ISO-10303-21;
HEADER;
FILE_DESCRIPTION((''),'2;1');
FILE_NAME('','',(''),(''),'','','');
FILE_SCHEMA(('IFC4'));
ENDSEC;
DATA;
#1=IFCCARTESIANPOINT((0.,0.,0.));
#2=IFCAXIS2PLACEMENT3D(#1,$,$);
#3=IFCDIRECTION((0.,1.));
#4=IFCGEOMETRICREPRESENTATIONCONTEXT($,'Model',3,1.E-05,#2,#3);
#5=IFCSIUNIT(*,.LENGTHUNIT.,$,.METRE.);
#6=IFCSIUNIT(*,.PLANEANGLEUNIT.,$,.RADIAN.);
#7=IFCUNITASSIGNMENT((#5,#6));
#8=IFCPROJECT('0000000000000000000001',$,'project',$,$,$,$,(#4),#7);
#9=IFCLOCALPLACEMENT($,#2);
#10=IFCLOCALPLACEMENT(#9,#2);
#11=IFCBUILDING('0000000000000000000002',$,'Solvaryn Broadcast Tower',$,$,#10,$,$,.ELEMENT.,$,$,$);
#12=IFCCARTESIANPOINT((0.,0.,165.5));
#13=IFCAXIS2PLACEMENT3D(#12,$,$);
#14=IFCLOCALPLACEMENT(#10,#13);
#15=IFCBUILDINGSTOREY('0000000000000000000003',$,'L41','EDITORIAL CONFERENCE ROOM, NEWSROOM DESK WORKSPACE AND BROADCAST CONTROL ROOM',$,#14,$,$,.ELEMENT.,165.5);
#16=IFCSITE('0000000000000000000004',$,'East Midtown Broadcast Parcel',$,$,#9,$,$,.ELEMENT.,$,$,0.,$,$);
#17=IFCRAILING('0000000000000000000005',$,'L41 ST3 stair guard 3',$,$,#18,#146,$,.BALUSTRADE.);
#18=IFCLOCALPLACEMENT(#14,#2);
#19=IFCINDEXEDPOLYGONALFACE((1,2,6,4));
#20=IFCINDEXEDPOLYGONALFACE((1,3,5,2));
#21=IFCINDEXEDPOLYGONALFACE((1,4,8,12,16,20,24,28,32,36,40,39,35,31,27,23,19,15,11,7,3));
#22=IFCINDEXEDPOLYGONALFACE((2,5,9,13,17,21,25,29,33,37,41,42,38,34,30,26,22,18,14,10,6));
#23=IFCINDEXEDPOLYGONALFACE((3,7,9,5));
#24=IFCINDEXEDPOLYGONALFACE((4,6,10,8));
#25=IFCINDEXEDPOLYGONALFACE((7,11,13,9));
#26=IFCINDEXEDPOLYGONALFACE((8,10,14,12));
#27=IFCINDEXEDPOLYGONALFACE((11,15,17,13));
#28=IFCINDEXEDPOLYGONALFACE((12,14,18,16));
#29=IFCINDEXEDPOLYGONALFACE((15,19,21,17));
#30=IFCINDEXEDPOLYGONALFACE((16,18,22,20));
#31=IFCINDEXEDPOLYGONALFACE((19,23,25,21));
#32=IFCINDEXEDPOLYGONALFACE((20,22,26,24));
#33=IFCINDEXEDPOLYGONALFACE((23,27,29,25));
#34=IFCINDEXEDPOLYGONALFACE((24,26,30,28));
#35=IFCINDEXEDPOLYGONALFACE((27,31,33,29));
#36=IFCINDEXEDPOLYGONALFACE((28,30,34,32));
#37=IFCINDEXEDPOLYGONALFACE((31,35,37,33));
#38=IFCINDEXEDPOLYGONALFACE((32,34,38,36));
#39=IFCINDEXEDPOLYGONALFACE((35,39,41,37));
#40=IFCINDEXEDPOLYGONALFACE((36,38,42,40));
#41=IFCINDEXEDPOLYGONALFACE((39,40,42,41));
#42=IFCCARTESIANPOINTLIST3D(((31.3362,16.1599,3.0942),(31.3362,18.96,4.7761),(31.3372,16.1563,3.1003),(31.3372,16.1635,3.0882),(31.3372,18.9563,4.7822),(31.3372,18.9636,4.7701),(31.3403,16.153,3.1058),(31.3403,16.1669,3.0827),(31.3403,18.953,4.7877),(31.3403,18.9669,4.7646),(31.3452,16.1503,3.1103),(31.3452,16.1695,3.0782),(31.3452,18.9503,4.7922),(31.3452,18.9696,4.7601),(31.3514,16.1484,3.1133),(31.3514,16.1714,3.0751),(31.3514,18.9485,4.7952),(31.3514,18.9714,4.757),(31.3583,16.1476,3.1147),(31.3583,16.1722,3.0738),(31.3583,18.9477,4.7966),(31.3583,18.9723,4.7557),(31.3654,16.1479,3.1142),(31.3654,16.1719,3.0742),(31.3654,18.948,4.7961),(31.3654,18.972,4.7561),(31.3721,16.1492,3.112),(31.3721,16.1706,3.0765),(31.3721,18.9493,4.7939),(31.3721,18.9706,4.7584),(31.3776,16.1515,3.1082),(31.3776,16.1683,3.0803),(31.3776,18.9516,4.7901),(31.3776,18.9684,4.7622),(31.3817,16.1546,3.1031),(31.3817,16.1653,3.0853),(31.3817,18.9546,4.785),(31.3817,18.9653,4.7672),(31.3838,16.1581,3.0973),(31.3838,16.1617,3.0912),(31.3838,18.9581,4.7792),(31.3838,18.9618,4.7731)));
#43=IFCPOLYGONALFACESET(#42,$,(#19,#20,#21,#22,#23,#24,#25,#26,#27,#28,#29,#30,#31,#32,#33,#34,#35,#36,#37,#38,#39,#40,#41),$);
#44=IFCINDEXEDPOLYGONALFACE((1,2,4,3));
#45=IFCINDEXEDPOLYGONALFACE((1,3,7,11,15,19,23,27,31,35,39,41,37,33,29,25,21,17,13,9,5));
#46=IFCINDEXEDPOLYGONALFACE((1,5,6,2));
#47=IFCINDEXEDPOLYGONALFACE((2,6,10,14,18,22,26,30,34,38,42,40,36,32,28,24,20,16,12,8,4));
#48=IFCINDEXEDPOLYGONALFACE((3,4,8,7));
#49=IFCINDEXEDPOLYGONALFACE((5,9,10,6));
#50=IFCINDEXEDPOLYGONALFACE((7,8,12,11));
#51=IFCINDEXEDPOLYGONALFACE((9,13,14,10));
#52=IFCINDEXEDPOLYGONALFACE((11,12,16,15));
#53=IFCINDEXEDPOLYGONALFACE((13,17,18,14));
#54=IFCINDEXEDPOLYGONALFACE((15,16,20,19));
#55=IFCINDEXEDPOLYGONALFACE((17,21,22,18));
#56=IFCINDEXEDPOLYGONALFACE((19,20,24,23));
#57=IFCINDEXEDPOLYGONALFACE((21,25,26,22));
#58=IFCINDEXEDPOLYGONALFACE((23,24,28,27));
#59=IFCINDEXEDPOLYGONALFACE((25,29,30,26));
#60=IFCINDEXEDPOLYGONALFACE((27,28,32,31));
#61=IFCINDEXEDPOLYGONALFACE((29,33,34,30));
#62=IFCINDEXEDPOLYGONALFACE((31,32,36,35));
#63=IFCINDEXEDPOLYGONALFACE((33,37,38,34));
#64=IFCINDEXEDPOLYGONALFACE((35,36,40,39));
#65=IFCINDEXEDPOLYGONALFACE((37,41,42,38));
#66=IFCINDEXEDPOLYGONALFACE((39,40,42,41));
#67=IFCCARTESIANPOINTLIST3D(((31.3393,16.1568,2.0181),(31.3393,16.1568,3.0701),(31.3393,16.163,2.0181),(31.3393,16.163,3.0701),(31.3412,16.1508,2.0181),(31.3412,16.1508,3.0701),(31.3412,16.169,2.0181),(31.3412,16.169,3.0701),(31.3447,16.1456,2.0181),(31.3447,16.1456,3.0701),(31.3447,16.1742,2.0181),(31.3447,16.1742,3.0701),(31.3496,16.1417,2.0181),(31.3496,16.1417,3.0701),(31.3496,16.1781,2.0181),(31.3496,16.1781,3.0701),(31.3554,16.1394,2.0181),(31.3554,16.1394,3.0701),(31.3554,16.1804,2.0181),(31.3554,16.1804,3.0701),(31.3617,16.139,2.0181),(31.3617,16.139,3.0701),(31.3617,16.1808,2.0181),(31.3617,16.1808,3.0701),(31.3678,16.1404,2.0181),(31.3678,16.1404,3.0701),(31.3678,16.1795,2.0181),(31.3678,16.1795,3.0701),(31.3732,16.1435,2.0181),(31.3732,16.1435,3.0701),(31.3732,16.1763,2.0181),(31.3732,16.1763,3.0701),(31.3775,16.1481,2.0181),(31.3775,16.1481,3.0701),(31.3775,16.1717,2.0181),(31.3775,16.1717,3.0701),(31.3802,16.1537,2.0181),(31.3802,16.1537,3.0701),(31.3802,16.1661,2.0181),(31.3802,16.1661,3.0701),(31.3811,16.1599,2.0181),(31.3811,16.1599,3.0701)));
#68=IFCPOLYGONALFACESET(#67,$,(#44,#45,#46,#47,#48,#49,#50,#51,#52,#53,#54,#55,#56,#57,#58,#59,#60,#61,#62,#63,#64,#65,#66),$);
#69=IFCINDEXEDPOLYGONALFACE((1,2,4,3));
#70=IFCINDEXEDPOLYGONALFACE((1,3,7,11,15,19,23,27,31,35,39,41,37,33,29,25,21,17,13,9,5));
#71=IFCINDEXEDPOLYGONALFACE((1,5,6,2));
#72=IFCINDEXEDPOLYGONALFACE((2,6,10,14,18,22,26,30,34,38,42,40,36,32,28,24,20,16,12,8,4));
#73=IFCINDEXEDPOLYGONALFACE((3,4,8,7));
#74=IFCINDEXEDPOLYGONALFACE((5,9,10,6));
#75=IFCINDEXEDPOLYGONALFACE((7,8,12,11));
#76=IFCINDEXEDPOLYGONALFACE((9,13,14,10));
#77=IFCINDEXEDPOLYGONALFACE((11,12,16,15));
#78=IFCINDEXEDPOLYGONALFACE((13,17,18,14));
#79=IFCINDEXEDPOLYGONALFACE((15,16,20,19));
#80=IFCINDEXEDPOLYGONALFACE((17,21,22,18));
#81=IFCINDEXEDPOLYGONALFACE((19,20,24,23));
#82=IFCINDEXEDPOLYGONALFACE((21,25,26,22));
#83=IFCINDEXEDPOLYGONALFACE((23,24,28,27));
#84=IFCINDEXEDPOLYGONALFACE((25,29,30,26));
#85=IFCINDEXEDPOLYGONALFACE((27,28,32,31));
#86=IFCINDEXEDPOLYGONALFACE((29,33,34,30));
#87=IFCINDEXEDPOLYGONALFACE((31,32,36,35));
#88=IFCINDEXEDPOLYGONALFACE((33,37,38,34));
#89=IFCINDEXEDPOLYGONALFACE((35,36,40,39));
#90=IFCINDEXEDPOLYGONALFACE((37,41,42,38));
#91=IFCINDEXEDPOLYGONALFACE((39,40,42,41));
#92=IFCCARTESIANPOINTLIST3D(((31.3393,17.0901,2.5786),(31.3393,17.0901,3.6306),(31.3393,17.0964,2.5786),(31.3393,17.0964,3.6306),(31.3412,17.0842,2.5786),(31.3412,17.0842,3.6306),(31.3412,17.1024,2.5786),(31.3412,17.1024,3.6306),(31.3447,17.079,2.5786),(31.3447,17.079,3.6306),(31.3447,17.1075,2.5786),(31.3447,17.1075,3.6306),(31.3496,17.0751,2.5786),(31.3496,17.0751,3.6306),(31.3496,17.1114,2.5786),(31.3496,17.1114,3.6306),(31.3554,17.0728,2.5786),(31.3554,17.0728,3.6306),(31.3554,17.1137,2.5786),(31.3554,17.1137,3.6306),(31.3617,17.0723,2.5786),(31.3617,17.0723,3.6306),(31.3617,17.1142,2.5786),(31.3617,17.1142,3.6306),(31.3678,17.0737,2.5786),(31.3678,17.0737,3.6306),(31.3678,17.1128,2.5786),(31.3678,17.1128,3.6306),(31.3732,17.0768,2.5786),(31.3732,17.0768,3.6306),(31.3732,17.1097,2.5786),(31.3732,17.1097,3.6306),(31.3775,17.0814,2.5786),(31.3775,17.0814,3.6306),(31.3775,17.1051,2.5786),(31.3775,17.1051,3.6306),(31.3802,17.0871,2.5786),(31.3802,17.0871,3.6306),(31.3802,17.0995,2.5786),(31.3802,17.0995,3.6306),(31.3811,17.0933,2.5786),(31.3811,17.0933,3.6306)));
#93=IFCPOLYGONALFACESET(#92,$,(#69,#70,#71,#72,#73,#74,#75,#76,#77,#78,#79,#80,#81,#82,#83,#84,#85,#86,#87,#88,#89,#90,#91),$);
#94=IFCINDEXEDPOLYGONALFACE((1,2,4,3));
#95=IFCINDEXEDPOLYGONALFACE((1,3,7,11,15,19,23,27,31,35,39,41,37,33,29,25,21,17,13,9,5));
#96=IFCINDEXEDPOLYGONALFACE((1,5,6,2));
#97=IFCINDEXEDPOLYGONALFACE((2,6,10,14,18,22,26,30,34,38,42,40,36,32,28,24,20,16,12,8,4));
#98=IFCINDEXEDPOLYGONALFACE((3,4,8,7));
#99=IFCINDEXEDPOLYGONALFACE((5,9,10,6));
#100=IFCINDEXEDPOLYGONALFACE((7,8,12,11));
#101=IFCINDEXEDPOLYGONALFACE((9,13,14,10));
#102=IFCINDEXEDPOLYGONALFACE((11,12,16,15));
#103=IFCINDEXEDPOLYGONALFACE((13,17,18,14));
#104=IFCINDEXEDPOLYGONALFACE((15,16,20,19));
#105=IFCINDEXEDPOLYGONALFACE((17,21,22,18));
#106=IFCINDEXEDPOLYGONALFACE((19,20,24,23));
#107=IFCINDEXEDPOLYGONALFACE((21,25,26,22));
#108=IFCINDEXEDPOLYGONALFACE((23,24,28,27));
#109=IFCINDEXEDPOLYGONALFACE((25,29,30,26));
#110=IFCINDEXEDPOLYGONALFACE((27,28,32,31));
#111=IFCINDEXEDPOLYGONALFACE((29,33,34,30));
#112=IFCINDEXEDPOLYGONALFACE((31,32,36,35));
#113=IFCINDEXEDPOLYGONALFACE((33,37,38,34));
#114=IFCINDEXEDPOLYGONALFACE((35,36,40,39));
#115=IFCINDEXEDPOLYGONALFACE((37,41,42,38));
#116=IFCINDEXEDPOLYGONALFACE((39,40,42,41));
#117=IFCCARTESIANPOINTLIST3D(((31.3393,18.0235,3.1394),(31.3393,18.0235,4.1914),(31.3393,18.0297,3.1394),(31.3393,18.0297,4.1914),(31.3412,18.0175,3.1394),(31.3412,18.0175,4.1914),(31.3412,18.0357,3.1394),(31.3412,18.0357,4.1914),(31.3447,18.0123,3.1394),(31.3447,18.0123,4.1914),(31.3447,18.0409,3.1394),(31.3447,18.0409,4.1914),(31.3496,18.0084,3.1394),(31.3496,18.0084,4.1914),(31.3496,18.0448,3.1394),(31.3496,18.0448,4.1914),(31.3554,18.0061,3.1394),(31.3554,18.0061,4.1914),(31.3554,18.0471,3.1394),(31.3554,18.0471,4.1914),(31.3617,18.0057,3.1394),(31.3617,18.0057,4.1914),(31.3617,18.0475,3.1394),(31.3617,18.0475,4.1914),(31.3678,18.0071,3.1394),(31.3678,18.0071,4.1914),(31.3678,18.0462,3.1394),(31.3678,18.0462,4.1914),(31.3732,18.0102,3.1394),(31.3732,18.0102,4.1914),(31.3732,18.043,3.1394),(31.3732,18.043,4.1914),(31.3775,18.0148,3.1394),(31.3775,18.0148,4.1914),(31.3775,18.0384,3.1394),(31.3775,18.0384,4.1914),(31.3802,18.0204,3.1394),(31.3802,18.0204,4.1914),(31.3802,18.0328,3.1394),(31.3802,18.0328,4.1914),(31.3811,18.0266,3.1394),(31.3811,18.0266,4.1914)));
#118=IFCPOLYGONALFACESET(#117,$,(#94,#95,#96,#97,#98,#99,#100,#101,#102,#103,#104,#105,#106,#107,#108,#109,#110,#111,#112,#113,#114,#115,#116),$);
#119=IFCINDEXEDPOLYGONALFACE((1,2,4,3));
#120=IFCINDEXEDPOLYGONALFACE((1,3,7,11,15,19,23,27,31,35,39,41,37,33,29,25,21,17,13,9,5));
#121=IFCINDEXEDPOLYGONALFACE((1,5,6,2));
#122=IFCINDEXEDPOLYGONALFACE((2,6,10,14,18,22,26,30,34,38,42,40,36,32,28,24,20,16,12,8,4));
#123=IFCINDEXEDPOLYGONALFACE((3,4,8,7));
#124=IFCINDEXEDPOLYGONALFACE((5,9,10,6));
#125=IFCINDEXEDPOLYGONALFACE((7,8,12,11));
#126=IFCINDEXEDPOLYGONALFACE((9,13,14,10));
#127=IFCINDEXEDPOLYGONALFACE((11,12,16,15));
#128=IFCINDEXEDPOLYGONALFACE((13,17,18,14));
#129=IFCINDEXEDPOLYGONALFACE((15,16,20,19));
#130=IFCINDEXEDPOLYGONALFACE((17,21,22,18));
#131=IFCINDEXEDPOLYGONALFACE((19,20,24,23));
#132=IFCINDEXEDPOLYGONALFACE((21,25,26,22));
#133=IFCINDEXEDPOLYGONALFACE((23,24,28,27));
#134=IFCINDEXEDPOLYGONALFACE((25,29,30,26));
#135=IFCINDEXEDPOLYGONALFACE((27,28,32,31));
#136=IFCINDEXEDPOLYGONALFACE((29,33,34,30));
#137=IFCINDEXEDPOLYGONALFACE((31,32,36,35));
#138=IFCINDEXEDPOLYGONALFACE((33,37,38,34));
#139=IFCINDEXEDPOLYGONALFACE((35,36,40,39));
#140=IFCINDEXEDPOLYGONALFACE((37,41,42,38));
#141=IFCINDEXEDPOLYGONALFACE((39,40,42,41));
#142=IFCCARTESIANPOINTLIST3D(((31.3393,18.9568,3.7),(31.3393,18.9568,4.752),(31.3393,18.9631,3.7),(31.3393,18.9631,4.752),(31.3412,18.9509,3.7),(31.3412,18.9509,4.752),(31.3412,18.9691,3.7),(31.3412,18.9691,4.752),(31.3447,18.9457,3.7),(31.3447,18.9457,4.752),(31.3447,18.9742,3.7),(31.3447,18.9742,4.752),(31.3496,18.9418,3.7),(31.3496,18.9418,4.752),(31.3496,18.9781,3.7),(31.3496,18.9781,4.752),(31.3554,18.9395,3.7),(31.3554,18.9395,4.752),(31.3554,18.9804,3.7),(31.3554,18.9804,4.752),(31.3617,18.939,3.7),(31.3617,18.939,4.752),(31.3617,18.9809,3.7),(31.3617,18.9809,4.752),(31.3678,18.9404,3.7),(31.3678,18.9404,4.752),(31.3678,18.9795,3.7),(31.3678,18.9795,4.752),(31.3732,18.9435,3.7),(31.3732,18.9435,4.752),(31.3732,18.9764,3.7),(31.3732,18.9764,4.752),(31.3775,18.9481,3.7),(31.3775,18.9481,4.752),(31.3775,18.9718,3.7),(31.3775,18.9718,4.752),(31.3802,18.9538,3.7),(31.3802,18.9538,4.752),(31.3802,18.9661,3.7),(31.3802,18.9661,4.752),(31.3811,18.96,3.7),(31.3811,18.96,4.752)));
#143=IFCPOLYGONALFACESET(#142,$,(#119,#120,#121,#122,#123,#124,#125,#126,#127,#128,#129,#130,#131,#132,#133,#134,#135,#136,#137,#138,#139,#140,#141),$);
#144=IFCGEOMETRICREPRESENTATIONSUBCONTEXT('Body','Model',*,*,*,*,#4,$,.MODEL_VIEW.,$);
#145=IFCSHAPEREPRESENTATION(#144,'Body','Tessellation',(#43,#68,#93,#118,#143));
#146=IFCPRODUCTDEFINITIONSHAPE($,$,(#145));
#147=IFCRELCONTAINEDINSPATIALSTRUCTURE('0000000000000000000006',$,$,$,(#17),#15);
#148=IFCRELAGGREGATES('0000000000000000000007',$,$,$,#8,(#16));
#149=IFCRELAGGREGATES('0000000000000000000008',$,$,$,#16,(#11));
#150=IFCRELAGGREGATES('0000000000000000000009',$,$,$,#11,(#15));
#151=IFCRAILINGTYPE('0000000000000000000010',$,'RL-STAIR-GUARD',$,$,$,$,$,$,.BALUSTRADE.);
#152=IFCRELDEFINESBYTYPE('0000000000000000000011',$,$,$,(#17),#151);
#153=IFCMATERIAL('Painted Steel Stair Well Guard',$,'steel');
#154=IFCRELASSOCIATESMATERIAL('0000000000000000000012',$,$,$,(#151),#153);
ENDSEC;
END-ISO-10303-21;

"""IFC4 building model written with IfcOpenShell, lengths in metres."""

from ifc_helpers import new_model, si_unit, direction, frame, origin, origin_2d, place, context, subcontext, project, spatial, circle, extrude, material, type_object, element, save


model = new_model("IFC4")

# Units and contexts
model_context = context("Model", 3, precision=1e-05, world=origin(), true_north=direction((0.0, 1.0)))
body_context = subcontext(model_context, "Body", "Model", "MODEL_VIEW")
ifc_project = project(units=[si_unit("LENGTHUNIT", "METRE"), si_unit("PLANEANGLEUNIT", "RADIAN")], contexts=[model_context])

# Site, building, storey
site_placement = place(None, origin())
site = spatial("IfcSite", under=ifc_project, at=site_placement, Name="East Midtown Broadcast Parcel", CompositionType="ELEMENT", RefElevation=0.0)
building_placement = place(site_placement, origin())
building = spatial("IfcBuilding", under=site, at=building_placement, Name="Solvaryn Broadcast Tower", CompositionType="ELEMENT")
storey_placement = place(building_placement, frame((0.0, 0.0, 165.5)))
storey = spatial("IfcBuildingStorey", under=building, at=storey_placement, Name="L41", Description="EDITORIAL CONFERENCE ROOM, NEWSROOM DESK WORKSPACE AND BROADCAST CONTROL ROOM", CompositionType="ELEMENT", Elevation=165.5)

# Railing
ifc_material_1 = material(Name="Painted Steel Stair Well Guard", Category="steel")
railing_type_1 = type_object("IfcRailingType", Name="RL-STAIR-GUARD", PredefinedType="BALUSTRADE", material=ifc_material_1)
railing_1_placement = place(storey_placement, frame((31.3601, 16.1599, 2.0181)))
element("IfcRailing", 1, at=railing_1_placement, inside=storey, type_object=railing_type_1, Name="L41 ST3 stair guard 3", PredefinedType="BALUSTRADE", context=body_context, shape_type="SweptSolid", body=[
    extrude(circle(Radius=0.0239, at=origin_2d()), frame((0.0, 0.0, 1.0762), z_axis=(0.0, 0.857242, 0.514913), x_axis=(-1.0, 0.0, 0.0)), (0.0, 0.0, 1.0), 3.2664),
    extrude(circle(Radius=0.021, at=origin_2d()), origin(), (0.0, 0.0, 1.0), 1.052),
    extrude(circle(Radius=0.021, at=origin_2d()), frame((0.0, 0.9333, 0.5605)), (0.0, 0.0, 1.0), 1.052),
    extrude(circle(Radius=0.021, at=origin_2d()), frame((0.0, 1.8667, 1.1213)), (0.0, 0.0, 1.0), 1.052),
    extrude(circle(Radius=0.021, at=origin_2d()), frame((0.0, 2.8, 1.6819)), (0.0, 0.0, 1.0), 1.052),
])

save(model, "model.ifc")
